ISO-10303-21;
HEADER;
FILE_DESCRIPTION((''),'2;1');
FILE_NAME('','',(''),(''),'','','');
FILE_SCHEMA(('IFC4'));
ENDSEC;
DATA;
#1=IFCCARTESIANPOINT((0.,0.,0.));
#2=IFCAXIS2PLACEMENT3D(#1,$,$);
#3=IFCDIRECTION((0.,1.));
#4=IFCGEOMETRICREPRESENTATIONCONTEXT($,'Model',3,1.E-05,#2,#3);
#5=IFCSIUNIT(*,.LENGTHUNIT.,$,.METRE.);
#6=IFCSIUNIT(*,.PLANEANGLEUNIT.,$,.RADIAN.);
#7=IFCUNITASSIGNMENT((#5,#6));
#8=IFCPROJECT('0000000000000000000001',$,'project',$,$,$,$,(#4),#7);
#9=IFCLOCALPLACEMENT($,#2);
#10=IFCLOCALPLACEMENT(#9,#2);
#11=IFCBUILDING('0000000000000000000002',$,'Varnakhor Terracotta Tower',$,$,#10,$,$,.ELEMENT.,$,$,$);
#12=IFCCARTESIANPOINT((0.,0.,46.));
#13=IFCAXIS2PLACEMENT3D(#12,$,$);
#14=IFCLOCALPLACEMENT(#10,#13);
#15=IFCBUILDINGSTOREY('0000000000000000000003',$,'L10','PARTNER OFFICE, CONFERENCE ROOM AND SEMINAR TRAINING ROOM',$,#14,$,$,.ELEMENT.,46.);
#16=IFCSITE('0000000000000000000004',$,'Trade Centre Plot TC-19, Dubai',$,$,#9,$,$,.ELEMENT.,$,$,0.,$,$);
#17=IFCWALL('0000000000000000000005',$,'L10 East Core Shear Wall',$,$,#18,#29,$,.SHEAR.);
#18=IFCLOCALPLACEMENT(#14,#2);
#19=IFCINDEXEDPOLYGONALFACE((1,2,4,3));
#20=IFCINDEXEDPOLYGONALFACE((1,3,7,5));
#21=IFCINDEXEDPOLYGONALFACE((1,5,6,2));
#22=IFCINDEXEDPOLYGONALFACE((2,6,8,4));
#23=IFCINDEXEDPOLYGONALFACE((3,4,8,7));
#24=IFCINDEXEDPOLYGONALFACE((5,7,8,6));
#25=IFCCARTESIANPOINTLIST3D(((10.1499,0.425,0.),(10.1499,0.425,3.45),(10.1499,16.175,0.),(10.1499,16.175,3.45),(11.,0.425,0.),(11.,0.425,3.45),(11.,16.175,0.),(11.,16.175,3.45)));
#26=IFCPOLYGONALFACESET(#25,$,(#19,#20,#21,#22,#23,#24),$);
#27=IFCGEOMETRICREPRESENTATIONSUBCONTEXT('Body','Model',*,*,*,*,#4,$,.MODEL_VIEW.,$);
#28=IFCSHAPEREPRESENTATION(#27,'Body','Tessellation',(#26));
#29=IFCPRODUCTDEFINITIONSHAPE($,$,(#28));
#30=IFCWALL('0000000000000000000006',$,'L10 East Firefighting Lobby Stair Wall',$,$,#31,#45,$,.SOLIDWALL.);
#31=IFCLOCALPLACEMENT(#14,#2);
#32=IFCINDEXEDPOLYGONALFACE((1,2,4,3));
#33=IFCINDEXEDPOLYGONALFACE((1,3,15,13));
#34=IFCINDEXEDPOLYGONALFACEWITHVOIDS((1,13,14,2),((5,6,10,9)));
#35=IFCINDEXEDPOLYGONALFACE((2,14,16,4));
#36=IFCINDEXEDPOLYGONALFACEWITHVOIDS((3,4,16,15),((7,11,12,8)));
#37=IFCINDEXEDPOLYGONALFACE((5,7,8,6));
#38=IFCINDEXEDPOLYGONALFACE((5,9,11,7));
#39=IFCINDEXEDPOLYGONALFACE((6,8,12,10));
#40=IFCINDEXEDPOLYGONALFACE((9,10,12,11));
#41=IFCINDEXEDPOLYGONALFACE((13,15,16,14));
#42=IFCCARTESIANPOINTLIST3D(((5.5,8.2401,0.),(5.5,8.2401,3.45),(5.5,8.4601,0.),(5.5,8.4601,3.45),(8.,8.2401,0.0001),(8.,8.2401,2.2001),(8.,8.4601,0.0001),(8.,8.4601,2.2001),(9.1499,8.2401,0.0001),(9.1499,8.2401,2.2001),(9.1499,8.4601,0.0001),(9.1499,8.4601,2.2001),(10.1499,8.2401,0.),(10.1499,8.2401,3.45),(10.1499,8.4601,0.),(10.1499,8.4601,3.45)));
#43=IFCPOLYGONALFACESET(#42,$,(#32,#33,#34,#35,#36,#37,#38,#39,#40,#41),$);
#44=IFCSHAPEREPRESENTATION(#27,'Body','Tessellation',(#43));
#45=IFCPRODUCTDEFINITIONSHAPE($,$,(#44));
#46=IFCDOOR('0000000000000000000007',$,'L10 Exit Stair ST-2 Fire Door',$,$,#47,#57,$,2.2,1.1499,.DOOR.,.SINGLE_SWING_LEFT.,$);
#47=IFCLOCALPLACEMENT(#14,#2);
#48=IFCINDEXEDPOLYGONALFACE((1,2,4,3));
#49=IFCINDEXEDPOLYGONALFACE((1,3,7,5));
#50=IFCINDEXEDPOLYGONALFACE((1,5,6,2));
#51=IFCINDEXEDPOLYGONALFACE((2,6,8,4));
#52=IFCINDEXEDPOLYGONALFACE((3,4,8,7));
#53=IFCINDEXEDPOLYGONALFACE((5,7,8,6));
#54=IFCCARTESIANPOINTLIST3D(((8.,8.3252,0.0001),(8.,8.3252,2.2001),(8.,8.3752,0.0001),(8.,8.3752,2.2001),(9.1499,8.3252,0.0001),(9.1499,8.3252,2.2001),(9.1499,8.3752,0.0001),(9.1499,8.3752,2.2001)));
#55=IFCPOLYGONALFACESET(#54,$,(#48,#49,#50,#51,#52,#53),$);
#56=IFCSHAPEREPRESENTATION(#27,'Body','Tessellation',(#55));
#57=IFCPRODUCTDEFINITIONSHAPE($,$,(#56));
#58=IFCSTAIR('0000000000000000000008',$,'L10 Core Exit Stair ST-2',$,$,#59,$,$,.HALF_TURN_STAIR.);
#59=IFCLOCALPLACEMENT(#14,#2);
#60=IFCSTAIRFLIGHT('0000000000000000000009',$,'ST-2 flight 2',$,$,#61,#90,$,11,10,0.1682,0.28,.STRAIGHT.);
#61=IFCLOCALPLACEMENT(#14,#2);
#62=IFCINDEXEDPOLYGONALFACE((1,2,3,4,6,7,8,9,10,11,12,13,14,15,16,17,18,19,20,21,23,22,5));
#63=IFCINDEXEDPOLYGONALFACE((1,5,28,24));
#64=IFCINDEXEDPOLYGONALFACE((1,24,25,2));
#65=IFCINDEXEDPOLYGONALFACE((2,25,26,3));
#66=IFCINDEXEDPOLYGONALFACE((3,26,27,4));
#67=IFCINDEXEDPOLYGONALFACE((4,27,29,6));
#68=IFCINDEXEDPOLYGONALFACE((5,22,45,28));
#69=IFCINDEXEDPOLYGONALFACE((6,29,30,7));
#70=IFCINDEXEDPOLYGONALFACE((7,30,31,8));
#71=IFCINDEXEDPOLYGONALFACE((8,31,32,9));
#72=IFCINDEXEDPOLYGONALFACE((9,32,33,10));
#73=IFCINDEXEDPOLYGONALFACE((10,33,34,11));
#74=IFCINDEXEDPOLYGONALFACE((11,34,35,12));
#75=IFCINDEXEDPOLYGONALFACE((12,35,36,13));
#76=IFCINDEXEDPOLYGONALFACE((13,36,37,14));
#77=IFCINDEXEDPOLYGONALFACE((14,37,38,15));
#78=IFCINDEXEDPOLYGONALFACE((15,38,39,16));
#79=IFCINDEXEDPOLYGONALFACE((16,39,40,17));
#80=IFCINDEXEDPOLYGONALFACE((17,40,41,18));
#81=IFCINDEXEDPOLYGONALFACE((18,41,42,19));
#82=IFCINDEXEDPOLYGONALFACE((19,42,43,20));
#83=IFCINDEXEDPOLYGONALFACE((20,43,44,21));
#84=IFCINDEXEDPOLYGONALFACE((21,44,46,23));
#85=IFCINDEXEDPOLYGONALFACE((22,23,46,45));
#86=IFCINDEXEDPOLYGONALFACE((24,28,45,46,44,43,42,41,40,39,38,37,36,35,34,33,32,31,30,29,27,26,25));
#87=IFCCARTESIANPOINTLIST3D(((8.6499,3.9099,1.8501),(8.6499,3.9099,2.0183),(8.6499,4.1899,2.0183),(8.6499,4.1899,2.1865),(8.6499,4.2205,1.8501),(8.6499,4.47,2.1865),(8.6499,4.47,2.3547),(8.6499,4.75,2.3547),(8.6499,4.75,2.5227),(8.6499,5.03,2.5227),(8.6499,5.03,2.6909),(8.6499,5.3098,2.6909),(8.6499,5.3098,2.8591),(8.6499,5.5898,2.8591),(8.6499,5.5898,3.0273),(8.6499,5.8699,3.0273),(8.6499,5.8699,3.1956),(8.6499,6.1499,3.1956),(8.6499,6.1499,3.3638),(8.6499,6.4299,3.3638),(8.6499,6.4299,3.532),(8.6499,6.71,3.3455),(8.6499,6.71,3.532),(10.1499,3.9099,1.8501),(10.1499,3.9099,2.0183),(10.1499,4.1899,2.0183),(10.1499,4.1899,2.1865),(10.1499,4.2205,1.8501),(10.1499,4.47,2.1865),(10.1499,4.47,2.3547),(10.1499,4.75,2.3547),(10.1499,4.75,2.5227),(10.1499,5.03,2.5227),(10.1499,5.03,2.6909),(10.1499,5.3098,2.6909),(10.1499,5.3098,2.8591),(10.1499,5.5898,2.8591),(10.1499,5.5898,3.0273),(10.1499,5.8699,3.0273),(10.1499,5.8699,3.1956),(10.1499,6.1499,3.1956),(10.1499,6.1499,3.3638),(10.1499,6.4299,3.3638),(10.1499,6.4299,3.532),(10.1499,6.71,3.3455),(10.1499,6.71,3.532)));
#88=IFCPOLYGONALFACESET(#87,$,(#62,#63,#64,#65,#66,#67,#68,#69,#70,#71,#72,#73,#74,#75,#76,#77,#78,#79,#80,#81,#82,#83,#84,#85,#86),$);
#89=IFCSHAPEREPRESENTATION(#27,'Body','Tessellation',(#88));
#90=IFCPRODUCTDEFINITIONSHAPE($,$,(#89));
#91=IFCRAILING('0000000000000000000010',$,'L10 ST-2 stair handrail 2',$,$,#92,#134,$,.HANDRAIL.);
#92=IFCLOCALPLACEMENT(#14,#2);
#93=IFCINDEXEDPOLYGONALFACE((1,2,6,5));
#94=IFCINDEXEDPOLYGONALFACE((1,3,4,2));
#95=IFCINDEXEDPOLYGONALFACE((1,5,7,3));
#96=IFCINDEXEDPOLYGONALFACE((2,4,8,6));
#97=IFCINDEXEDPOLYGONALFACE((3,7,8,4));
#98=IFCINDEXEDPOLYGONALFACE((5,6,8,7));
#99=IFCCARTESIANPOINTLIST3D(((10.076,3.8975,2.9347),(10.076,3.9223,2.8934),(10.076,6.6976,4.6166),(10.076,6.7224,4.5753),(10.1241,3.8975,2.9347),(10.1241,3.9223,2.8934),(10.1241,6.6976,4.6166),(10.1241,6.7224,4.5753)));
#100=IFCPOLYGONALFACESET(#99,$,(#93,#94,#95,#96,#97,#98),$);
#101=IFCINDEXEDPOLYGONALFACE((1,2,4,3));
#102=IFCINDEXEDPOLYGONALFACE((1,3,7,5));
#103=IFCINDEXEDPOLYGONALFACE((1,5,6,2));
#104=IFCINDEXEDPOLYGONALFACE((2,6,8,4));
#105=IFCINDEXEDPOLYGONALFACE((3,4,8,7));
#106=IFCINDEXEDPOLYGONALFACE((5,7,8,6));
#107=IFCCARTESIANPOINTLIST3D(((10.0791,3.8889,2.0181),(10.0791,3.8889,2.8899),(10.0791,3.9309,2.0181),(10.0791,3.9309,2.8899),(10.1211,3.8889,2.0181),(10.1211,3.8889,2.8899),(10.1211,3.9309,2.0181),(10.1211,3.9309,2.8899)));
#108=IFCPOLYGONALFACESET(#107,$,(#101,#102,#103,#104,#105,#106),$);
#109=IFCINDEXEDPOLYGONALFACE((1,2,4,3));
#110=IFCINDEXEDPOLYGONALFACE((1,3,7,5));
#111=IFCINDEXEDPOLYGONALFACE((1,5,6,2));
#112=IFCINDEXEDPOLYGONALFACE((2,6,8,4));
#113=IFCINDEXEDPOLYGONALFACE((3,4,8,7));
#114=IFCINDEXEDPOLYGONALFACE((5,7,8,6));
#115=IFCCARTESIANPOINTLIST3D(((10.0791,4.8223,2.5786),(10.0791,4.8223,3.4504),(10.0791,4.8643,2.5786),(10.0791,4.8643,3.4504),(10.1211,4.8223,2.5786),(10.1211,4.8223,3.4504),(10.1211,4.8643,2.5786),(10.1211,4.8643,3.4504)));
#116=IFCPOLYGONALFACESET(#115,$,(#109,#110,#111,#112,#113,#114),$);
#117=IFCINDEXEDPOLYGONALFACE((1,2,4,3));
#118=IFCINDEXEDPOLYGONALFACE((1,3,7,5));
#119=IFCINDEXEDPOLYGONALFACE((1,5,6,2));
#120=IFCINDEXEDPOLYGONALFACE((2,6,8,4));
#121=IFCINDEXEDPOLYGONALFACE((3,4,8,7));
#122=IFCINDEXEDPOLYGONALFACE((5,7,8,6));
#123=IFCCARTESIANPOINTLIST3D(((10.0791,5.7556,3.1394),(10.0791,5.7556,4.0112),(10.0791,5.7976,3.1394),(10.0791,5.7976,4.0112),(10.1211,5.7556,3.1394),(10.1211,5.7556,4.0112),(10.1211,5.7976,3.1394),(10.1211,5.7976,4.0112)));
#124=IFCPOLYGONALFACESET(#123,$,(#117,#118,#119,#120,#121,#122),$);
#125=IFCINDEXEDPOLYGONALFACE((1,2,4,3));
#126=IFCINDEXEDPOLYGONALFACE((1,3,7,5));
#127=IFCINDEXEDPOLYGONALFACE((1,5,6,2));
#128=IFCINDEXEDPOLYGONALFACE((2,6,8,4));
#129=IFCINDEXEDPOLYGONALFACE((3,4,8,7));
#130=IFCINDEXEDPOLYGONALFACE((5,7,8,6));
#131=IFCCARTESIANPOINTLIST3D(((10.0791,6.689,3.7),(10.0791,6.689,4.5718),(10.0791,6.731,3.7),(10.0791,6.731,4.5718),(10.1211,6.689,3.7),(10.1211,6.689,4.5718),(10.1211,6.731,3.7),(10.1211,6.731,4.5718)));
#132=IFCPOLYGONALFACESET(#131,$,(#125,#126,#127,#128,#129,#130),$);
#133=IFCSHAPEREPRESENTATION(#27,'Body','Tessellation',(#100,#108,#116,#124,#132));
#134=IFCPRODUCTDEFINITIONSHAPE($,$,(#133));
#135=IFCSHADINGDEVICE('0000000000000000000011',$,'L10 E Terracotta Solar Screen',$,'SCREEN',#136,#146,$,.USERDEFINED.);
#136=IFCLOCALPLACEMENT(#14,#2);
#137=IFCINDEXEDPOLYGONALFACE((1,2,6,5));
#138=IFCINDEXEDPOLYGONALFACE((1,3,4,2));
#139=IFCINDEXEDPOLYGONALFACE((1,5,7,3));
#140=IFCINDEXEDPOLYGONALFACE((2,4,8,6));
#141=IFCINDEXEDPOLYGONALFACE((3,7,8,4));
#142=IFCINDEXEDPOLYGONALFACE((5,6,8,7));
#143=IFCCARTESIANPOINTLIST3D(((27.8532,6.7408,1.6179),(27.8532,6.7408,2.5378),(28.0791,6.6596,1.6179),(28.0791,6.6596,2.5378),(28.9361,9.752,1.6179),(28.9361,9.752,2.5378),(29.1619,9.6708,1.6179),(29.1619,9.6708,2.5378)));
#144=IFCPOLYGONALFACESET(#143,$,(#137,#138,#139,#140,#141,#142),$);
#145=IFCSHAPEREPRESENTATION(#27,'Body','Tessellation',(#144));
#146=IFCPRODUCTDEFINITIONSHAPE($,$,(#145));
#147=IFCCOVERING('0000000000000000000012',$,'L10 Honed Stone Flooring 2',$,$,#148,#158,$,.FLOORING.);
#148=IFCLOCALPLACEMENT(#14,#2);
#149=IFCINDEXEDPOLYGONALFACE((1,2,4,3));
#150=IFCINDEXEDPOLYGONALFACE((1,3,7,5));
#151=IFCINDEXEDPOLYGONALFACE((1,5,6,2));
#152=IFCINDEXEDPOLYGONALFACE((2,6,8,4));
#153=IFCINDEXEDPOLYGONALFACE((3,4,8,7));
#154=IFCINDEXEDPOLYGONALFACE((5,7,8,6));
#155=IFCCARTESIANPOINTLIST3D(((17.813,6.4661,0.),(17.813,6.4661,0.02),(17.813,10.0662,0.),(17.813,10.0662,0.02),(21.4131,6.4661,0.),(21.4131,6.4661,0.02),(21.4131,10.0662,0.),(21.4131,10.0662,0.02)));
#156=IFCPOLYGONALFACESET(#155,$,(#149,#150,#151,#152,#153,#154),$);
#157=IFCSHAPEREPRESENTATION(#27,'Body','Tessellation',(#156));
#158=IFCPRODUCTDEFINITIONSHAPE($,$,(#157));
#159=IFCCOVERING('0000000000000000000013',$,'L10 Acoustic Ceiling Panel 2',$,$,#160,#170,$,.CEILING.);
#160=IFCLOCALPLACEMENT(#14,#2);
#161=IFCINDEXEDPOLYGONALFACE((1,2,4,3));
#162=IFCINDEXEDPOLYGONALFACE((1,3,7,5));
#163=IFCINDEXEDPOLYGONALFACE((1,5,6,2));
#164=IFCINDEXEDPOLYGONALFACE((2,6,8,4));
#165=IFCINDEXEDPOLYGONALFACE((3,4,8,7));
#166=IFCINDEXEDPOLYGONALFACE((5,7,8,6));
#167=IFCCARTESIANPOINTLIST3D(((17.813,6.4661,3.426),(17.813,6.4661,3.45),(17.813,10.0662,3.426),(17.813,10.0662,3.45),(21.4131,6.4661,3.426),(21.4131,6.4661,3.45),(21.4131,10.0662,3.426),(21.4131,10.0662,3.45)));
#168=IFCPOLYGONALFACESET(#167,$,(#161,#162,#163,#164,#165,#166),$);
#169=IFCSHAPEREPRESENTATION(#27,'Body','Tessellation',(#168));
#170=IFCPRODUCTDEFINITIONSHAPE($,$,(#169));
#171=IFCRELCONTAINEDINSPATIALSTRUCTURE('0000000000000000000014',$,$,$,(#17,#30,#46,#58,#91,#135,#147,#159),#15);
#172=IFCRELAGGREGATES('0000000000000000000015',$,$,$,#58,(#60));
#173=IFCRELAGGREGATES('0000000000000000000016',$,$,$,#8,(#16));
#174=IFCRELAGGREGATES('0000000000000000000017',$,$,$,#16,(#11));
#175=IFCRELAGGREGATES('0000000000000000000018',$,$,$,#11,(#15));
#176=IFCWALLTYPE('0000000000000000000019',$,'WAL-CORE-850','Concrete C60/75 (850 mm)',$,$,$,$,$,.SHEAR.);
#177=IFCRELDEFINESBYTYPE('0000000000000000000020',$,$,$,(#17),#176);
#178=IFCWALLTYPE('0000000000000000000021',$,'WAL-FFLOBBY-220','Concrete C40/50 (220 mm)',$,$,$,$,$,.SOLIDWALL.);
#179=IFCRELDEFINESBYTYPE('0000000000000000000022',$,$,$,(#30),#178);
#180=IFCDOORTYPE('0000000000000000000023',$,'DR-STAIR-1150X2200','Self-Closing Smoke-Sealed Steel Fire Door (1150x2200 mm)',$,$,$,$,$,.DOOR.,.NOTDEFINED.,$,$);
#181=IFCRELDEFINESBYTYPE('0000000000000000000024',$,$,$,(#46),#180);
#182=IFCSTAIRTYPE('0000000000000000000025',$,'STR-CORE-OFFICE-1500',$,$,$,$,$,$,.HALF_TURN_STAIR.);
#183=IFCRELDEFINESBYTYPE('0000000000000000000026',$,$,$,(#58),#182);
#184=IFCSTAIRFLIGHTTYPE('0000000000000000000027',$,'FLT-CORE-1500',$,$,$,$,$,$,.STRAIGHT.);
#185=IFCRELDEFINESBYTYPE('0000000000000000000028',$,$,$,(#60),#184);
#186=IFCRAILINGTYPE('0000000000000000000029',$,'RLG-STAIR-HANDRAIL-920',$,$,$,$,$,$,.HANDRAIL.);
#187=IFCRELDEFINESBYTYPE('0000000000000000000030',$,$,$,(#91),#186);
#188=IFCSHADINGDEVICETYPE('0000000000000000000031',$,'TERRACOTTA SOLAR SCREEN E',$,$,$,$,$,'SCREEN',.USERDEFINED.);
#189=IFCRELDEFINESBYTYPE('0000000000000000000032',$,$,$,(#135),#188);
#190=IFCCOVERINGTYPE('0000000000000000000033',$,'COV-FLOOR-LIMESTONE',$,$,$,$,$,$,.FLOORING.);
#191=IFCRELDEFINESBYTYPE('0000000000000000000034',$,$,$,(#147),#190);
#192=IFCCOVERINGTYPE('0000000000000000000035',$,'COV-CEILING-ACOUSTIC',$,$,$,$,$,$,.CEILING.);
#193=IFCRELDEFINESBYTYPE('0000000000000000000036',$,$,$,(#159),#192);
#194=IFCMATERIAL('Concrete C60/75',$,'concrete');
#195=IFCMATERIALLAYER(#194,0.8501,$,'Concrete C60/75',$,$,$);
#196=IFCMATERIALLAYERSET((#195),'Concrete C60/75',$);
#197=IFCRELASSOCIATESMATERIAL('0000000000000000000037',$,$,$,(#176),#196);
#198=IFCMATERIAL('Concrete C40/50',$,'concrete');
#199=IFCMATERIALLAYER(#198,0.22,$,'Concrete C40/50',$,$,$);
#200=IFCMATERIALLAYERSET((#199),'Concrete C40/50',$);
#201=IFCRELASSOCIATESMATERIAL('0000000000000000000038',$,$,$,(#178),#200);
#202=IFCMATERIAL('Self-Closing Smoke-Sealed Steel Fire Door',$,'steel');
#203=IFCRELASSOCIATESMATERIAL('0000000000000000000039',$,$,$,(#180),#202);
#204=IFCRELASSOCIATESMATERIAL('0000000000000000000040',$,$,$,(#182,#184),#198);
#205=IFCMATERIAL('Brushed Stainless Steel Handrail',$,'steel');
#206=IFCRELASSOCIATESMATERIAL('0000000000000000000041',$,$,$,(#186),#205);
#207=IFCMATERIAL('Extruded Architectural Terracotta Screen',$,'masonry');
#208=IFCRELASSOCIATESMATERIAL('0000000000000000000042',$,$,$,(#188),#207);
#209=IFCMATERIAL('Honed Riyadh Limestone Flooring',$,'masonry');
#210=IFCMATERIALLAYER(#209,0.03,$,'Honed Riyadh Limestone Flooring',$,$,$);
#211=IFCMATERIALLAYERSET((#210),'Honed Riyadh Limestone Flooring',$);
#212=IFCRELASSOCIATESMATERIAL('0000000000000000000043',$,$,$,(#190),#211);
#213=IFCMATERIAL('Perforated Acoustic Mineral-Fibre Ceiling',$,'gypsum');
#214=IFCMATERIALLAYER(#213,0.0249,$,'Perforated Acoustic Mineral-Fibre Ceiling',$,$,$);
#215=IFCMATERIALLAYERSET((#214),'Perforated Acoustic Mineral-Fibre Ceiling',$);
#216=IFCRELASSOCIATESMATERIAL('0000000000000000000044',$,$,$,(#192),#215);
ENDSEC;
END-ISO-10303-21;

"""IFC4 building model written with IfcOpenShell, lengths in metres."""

from ifc_helpers import new_model, si_unit, direction, frame, frame_2d, origin, origin_2d, place, context, subcontext, project, spatial, polyline, rectangle, outline, extrude, source, transform, mapped, material, layer, layer_set, type_object, type_shapes, element, fill, aggregate, save


model = new_model("IFC4")

# Units and contexts
model_context = context("Model", 3, precision=1e-05, world=origin(), true_north=direction((0.0, 1.0)))
body_context = subcontext(model_context, "Body", "Model", "MODEL_VIEW")
ifc_project = project(units=[si_unit("LENGTHUNIT", "METRE"), si_unit("PLANEANGLEUNIT", "RADIAN")], contexts=[model_context])

# Site, building, storey
site_placement = place(None, origin())
site = spatial("IfcSite", under=ifc_project, at=site_placement, Name="Trade Centre Plot TC-19, Dubai", CompositionType="ELEMENT", RefElevation=0.0)
building_placement = place(site_placement, origin())
building = spatial("IfcBuilding", under=site, at=building_placement, Name="Varnakhor Terracotta Tower", CompositionType="ELEMENT")
storey_placement = place(building_placement, frame((0.0, 0.0, 46.0)))
storey = spatial("IfcBuildingStorey", under=building, at=storey_placement, Name="L10", Description="PARTNER OFFICE, CONFERENCE ROOM AND SEMINAR TRAINING ROOM", CompositionType="ELEMENT", Elevation=46.0)

# Wall
ifc_material_1 = material(Name="Concrete C60/75", Category="concrete")
ifc_layer_1 = layer(ifc_material_1, 0.8501, Name="Concrete C60/75")
ifc_layer_set_1 = layer_set([ifc_layer_1], Name="Concrete C60/75")
wall_type_1 = type_object("IfcWallType", Name="WAL-CORE-850", Description="Concrete C60/75 (850 mm)", PredefinedType="SHEAR", material=ifc_layer_set_1)
wall_1_placement = place(storey_placement, frame((10.575, 0.425, 0.0), z_axis=(0.0, 0.0, 1.0), x_axis=(0.0, 1.0, 0.0)))
element("IfcWall", 1, at=wall_1_placement, inside=storey, type_object=wall_type_1, Name="L10 East Core Shear Wall", PredefinedType="SHEAR", context=body_context, shape_type="SweptSolid", body=[
    extrude(rectangle(XDim=15.75, YDim=0.8501, at=frame_2d((7.875, 0.0))), origin(), (0.0, 0.0, 1.0), 3.45),
])

# Wall, opening, door
ifc_material_2 = material(Name="Concrete C40/50", Category="concrete")
ifc_layer_2 = layer(ifc_material_2, 0.22, Name="Concrete C40/50")
ifc_layer_set_2 = layer_set([ifc_layer_2], Name="Concrete C40/50")
wall_type_2 = type_object("IfcWallType", Name="WAL-FFLOBBY-220", Description="Concrete C40/50 (220 mm)", PredefinedType="SOLIDWALL", material=ifc_layer_set_2)
wall_2_placement = place(storey_placement, frame((10.1499, 8.3501, 0.0), z_axis=(0.0, 0.0, 1.0), x_axis=(-1.0, 0.0, 0.0)))
wall_2 = element("IfcWall", 2, at=wall_2_placement, inside=storey, type_object=wall_type_2, Name="L10 East Firefighting Lobby Stair Wall", PredefinedType="SOLIDWALL", context=body_context, shape_type="SweptSolid", body=[
    extrude(rectangle(XDim=4.6499, YDim=0.22, at=frame_2d((2.325, 0.0))), origin(), (0.0, 0.0, 1.0), 3.45),
])
opening_placement = place(wall_2_placement, frame((1.0, 0.0, 0.0)))
opening = element("IfcOpeningElement", 3, at=opening_placement, cuts=wall_2, PredefinedType="OPENING", context=body_context, shape_type="SweptSolid", body=[
    extrude(rectangle(XDim=1.1499, YDim=2.2, at=frame_2d((0.575, 1.1001))), frame((0.0, 0.1201, 0.0), z_axis=(0.0, -1.0, 0.0), x_axis=(1.0, 0.0, 0.0)), (0.0, 0.0, 1.0), 0.24),
])
ifc_material_3 = material(Name="Self-Closing Smoke-Sealed Steel Fire Door", Category="steel")
door_type = type_object("IfcDoorType", Name="DR-STAIR-1150X2200", Description="Self-Closing Smoke-Sealed Steel Fire Door (1150x2200 mm)", OperationType="NOTDEFINED", PredefinedType="DOOR", material=ifc_material_3)
shared_shape_1 = source(origin(), body_context, "Body", "SweptSolid", [
    extrude(rectangle(XDim=1.1499, YDim=2.2, at=frame_2d((0.575, 1.1001))), frame((0.0, 0.0249, 0.0), z_axis=(0.0, -1.0, 0.0), x_axis=(1.0, 0.0, 0.0)), (0.0, 0.0, 1.0), 0.05),
])
type_shapes(door_type, [shared_shape_1])
door_placement = place(opening_placement, origin())
door = element("IfcDoor", 4, at=door_placement, inside=storey, type_object=door_type, Name="L10 Exit Stair ST-2 Fire Door", OperationType="SINGLE_SWING_LEFT", OverallHeight=2.2, OverallWidth=1.1499, PredefinedType="DOOR", context=body_context, shape_type="MappedRepresentation", body=[
    mapped(shared_shape_1, transform((0.0, 0.0, 0.0), scale=1.0)),
])
fill(opening, door)

# Stair, stair flight
stair_type = type_object("IfcStairType", Name="STR-CORE-OFFICE-1500", PredefinedType="HALF_TURN_STAIR", material=ifc_material_2)
stair_placement = place(storey_placement, origin())
stair = element("IfcStair", 5, at=stair_placement, inside=storey, type_object=stair_type, Name="L10 Core Exit Stair ST-2", PredefinedType="HALF_TURN_STAIR")
stair_flight_type = type_object("IfcStairFlightType", Name="FLT-CORE-1500", PredefinedType="STRAIGHT", material=ifc_material_2)
stair_flight_placement = place(storey_placement, frame((9.3999, 3.9099, 1.8501), z_axis=(0.0, 0.0, 1.0), x_axis=(0.0, 1.0, 0.0)))
stair_flight = element("IfcStairFlight", 6, at=stair_flight_placement, type_object=stair_flight_type, Name="ST-2 flight 2", NumberOfRisers=11, NumberOfTreads=10, PredefinedType="STRAIGHT", RiserHeight=0.1682, TreadLength=0.28, context=body_context, shape_type="SweptSolid", body=[
    extrude(outline(polyline([(0.0, 0.0), (0.0, 0.1682), (0.28, 0.1682), (0.28, 0.3364), (0.5601, 0.3364), (0.5601, 0.5046), (0.8401, 0.5046), (0.8401, 0.6726), (1.1201, 0.6726), (1.1201, 0.8408), (1.3999, 0.8408), (1.3999, 1.009), (1.6799, 1.009), (1.6799, 1.1772), (1.96, 1.1772), (1.96, 1.3455), (2.24, 1.3455), (2.24, 1.5137), (2.52, 1.5137), (2.52, 1.6819), (2.8, 1.6819), (2.8, 1.8501), (2.8, 1.4954), (0.3105, 0.0), (0.0, 0.0)])), frame((0.0, 0.75, 0.0), z_axis=(0.0, -1.0, 0.0), x_axis=(1.0, 0.0, 0.0)), (0.0, 0.0, 1.0), 1.5),
])
aggregate(stair, [stair_flight])

# Railing
ifc_material_4 = material(Name="Brushed Stainless Steel Handrail", Category="steel")
railing_type = type_object("IfcRailingType", Name="RLG-STAIR-HANDRAIL-920", PredefinedType="HANDRAIL", material=ifc_material_4)
railing_placement = place(storey_placement, frame((10.1001, 3.9099, 2.0181)))
element("IfcRailing", 7, at=railing_placement, inside=storey, type_object=railing_type, Name="L10 ST-2 stair handrail 2", PredefinedType="HANDRAIL", context=body_context, shape_type="SweptSolid", body=[
    extrude(rectangle(XDim=0.0481, YDim=0.0481, at=origin_2d()), frame((0.0, 0.0, 0.896), z_axis=(0.0, 0.857242, 0.514913), x_axis=(-1.0, 0.0, 0.0)), (0.0, 0.0, 1.0), 3.2664),
    extrude(rectangle(XDim=0.042, YDim=0.042, at=origin_2d()), origin(), (0.0, 0.0, 1.0), 0.8718),
    extrude(rectangle(XDim=0.042, YDim=0.042, at=origin_2d()), frame((0.0, 0.9333, 0.5605)), (0.0, 0.0, 1.0), 0.8718),
    extrude(rectangle(XDim=0.042, YDim=0.042, at=origin_2d()), frame((0.0, 1.8667, 1.1213)), (0.0, 0.0, 1.0), 0.8718),
    extrude(rectangle(XDim=0.042, YDim=0.042, at=origin_2d()), frame((0.0, 2.8, 1.6819)), (0.0, 0.0, 1.0), 0.8718),
])

# Shading device
ifc_material_5 = material(Name="Extruded Architectural Terracotta Screen", Category="masonry")
shading_device_type = type_object("IfcShadingDeviceType", Name="TERRACOTTA SOLAR SCREEN E", ElementType="SCREEN", PredefinedType="USERDEFINED", material=ifc_material_5)
shared_shape_2 = source(origin(), body_context, "Body", "SweptSolid", [
    extrude(rectangle(XDim=3.2, YDim=0.24, at=origin_2d()), origin(), (0.0, 0.0, 1.0), 0.9199),
])
type_shapes(shading_device_type, [shared_shape_2])
shading_device_placement = place(storey_placement, frame((28.5076, 8.2058, 1.6179), z_axis=(0.0, 0.0, 1.0), x_axis=(0.338393, 0.941005, 0.0)))
element("IfcShadingDevice", 8, at=shading_device_placement, inside=storey, type_object=shading_device_type, Name="L10 E Terracotta Solar Screen", ObjectType="SCREEN", PredefinedType="USERDEFINED", context=body_context, shape_type="MappedRepresentation", body=[
    mapped(shared_shape_2, transform((0.0, 0.0, 0.0), scale=1.0)),
])

# Coverings
ifc_material_6 = material(Name="Honed Riyadh Limestone Flooring", Category="masonry")
ifc_layer_3 = layer(ifc_material_6, 0.03, Name="Honed Riyadh Limestone Flooring")
ifc_layer_set_3 = layer_set([ifc_layer_3], Name="Honed Riyadh Limestone Flooring")
covering_type_1 = type_object("IfcCoveringType", Name="COV-FLOOR-LIMESTONE", PredefinedType="FLOORING", material=ifc_layer_set_3)
shared_shape_3 = source(origin(), body_context, "Body", "SweptSolid", [
    extrude(rectangle(XDim=3.6001, YDim=3.6001, at=origin_2d()), origin(), (0.0, 0.0, 1.0), 0.02),
])
covering_1_placement = place(storey_placement, frame((19.613, 8.2661, 0.0), z_axis=(0.0, 0.0, 1.0), x_axis=(1.0, 0.0, 0.0)))
element("IfcCovering", 9, at=covering_1_placement, inside=storey, type_object=covering_type_1, Name="L10 Honed Stone Flooring 2", PredefinedType="FLOORING", context=body_context, shape_type="MappedRepresentation", body=[
    mapped(shared_shape_3, transform((0.0, 0.0, 0.0), scale=1.0)),
])
ifc_material_7 = material(Name="Perforated Acoustic Mineral-Fibre Ceiling", Category="gypsum")
ifc_layer_4 = layer(ifc_material_7, 0.0249, Name="Perforated Acoustic Mineral-Fibre Ceiling")
ifc_layer_set_4 = layer_set([ifc_layer_4], Name="Perforated Acoustic Mineral-Fibre Ceiling")
covering_type_2 = type_object("IfcCoveringType", Name="COV-CEILING-ACOUSTIC", PredefinedType="CEILING", material=ifc_layer_set_4)
shared_shape_4 = source(origin(), body_context, "Body", "SweptSolid", [
    extrude(rectangle(XDim=3.6001, YDim=3.6001, at=origin_2d()), origin(), (0.0, 0.0, 1.0), 0.0239),
])
covering_2_placement = place(storey_placement, frame((19.613, 8.2661, 3.426), z_axis=(0.0, 0.0, 1.0), x_axis=(1.0, 0.0, 0.0)))
element("IfcCovering", 10, at=covering_2_placement, inside=storey, type_object=covering_type_2, Name="L10 Acoustic Ceiling Panel 2", PredefinedType="CEILING", context=body_context, shape_type="MappedRepresentation", body=[
    mapped(shared_shape_4, transform((0.0, 0.0, 0.0), scale=1.0)),
])

save(model, "model.ifc")
